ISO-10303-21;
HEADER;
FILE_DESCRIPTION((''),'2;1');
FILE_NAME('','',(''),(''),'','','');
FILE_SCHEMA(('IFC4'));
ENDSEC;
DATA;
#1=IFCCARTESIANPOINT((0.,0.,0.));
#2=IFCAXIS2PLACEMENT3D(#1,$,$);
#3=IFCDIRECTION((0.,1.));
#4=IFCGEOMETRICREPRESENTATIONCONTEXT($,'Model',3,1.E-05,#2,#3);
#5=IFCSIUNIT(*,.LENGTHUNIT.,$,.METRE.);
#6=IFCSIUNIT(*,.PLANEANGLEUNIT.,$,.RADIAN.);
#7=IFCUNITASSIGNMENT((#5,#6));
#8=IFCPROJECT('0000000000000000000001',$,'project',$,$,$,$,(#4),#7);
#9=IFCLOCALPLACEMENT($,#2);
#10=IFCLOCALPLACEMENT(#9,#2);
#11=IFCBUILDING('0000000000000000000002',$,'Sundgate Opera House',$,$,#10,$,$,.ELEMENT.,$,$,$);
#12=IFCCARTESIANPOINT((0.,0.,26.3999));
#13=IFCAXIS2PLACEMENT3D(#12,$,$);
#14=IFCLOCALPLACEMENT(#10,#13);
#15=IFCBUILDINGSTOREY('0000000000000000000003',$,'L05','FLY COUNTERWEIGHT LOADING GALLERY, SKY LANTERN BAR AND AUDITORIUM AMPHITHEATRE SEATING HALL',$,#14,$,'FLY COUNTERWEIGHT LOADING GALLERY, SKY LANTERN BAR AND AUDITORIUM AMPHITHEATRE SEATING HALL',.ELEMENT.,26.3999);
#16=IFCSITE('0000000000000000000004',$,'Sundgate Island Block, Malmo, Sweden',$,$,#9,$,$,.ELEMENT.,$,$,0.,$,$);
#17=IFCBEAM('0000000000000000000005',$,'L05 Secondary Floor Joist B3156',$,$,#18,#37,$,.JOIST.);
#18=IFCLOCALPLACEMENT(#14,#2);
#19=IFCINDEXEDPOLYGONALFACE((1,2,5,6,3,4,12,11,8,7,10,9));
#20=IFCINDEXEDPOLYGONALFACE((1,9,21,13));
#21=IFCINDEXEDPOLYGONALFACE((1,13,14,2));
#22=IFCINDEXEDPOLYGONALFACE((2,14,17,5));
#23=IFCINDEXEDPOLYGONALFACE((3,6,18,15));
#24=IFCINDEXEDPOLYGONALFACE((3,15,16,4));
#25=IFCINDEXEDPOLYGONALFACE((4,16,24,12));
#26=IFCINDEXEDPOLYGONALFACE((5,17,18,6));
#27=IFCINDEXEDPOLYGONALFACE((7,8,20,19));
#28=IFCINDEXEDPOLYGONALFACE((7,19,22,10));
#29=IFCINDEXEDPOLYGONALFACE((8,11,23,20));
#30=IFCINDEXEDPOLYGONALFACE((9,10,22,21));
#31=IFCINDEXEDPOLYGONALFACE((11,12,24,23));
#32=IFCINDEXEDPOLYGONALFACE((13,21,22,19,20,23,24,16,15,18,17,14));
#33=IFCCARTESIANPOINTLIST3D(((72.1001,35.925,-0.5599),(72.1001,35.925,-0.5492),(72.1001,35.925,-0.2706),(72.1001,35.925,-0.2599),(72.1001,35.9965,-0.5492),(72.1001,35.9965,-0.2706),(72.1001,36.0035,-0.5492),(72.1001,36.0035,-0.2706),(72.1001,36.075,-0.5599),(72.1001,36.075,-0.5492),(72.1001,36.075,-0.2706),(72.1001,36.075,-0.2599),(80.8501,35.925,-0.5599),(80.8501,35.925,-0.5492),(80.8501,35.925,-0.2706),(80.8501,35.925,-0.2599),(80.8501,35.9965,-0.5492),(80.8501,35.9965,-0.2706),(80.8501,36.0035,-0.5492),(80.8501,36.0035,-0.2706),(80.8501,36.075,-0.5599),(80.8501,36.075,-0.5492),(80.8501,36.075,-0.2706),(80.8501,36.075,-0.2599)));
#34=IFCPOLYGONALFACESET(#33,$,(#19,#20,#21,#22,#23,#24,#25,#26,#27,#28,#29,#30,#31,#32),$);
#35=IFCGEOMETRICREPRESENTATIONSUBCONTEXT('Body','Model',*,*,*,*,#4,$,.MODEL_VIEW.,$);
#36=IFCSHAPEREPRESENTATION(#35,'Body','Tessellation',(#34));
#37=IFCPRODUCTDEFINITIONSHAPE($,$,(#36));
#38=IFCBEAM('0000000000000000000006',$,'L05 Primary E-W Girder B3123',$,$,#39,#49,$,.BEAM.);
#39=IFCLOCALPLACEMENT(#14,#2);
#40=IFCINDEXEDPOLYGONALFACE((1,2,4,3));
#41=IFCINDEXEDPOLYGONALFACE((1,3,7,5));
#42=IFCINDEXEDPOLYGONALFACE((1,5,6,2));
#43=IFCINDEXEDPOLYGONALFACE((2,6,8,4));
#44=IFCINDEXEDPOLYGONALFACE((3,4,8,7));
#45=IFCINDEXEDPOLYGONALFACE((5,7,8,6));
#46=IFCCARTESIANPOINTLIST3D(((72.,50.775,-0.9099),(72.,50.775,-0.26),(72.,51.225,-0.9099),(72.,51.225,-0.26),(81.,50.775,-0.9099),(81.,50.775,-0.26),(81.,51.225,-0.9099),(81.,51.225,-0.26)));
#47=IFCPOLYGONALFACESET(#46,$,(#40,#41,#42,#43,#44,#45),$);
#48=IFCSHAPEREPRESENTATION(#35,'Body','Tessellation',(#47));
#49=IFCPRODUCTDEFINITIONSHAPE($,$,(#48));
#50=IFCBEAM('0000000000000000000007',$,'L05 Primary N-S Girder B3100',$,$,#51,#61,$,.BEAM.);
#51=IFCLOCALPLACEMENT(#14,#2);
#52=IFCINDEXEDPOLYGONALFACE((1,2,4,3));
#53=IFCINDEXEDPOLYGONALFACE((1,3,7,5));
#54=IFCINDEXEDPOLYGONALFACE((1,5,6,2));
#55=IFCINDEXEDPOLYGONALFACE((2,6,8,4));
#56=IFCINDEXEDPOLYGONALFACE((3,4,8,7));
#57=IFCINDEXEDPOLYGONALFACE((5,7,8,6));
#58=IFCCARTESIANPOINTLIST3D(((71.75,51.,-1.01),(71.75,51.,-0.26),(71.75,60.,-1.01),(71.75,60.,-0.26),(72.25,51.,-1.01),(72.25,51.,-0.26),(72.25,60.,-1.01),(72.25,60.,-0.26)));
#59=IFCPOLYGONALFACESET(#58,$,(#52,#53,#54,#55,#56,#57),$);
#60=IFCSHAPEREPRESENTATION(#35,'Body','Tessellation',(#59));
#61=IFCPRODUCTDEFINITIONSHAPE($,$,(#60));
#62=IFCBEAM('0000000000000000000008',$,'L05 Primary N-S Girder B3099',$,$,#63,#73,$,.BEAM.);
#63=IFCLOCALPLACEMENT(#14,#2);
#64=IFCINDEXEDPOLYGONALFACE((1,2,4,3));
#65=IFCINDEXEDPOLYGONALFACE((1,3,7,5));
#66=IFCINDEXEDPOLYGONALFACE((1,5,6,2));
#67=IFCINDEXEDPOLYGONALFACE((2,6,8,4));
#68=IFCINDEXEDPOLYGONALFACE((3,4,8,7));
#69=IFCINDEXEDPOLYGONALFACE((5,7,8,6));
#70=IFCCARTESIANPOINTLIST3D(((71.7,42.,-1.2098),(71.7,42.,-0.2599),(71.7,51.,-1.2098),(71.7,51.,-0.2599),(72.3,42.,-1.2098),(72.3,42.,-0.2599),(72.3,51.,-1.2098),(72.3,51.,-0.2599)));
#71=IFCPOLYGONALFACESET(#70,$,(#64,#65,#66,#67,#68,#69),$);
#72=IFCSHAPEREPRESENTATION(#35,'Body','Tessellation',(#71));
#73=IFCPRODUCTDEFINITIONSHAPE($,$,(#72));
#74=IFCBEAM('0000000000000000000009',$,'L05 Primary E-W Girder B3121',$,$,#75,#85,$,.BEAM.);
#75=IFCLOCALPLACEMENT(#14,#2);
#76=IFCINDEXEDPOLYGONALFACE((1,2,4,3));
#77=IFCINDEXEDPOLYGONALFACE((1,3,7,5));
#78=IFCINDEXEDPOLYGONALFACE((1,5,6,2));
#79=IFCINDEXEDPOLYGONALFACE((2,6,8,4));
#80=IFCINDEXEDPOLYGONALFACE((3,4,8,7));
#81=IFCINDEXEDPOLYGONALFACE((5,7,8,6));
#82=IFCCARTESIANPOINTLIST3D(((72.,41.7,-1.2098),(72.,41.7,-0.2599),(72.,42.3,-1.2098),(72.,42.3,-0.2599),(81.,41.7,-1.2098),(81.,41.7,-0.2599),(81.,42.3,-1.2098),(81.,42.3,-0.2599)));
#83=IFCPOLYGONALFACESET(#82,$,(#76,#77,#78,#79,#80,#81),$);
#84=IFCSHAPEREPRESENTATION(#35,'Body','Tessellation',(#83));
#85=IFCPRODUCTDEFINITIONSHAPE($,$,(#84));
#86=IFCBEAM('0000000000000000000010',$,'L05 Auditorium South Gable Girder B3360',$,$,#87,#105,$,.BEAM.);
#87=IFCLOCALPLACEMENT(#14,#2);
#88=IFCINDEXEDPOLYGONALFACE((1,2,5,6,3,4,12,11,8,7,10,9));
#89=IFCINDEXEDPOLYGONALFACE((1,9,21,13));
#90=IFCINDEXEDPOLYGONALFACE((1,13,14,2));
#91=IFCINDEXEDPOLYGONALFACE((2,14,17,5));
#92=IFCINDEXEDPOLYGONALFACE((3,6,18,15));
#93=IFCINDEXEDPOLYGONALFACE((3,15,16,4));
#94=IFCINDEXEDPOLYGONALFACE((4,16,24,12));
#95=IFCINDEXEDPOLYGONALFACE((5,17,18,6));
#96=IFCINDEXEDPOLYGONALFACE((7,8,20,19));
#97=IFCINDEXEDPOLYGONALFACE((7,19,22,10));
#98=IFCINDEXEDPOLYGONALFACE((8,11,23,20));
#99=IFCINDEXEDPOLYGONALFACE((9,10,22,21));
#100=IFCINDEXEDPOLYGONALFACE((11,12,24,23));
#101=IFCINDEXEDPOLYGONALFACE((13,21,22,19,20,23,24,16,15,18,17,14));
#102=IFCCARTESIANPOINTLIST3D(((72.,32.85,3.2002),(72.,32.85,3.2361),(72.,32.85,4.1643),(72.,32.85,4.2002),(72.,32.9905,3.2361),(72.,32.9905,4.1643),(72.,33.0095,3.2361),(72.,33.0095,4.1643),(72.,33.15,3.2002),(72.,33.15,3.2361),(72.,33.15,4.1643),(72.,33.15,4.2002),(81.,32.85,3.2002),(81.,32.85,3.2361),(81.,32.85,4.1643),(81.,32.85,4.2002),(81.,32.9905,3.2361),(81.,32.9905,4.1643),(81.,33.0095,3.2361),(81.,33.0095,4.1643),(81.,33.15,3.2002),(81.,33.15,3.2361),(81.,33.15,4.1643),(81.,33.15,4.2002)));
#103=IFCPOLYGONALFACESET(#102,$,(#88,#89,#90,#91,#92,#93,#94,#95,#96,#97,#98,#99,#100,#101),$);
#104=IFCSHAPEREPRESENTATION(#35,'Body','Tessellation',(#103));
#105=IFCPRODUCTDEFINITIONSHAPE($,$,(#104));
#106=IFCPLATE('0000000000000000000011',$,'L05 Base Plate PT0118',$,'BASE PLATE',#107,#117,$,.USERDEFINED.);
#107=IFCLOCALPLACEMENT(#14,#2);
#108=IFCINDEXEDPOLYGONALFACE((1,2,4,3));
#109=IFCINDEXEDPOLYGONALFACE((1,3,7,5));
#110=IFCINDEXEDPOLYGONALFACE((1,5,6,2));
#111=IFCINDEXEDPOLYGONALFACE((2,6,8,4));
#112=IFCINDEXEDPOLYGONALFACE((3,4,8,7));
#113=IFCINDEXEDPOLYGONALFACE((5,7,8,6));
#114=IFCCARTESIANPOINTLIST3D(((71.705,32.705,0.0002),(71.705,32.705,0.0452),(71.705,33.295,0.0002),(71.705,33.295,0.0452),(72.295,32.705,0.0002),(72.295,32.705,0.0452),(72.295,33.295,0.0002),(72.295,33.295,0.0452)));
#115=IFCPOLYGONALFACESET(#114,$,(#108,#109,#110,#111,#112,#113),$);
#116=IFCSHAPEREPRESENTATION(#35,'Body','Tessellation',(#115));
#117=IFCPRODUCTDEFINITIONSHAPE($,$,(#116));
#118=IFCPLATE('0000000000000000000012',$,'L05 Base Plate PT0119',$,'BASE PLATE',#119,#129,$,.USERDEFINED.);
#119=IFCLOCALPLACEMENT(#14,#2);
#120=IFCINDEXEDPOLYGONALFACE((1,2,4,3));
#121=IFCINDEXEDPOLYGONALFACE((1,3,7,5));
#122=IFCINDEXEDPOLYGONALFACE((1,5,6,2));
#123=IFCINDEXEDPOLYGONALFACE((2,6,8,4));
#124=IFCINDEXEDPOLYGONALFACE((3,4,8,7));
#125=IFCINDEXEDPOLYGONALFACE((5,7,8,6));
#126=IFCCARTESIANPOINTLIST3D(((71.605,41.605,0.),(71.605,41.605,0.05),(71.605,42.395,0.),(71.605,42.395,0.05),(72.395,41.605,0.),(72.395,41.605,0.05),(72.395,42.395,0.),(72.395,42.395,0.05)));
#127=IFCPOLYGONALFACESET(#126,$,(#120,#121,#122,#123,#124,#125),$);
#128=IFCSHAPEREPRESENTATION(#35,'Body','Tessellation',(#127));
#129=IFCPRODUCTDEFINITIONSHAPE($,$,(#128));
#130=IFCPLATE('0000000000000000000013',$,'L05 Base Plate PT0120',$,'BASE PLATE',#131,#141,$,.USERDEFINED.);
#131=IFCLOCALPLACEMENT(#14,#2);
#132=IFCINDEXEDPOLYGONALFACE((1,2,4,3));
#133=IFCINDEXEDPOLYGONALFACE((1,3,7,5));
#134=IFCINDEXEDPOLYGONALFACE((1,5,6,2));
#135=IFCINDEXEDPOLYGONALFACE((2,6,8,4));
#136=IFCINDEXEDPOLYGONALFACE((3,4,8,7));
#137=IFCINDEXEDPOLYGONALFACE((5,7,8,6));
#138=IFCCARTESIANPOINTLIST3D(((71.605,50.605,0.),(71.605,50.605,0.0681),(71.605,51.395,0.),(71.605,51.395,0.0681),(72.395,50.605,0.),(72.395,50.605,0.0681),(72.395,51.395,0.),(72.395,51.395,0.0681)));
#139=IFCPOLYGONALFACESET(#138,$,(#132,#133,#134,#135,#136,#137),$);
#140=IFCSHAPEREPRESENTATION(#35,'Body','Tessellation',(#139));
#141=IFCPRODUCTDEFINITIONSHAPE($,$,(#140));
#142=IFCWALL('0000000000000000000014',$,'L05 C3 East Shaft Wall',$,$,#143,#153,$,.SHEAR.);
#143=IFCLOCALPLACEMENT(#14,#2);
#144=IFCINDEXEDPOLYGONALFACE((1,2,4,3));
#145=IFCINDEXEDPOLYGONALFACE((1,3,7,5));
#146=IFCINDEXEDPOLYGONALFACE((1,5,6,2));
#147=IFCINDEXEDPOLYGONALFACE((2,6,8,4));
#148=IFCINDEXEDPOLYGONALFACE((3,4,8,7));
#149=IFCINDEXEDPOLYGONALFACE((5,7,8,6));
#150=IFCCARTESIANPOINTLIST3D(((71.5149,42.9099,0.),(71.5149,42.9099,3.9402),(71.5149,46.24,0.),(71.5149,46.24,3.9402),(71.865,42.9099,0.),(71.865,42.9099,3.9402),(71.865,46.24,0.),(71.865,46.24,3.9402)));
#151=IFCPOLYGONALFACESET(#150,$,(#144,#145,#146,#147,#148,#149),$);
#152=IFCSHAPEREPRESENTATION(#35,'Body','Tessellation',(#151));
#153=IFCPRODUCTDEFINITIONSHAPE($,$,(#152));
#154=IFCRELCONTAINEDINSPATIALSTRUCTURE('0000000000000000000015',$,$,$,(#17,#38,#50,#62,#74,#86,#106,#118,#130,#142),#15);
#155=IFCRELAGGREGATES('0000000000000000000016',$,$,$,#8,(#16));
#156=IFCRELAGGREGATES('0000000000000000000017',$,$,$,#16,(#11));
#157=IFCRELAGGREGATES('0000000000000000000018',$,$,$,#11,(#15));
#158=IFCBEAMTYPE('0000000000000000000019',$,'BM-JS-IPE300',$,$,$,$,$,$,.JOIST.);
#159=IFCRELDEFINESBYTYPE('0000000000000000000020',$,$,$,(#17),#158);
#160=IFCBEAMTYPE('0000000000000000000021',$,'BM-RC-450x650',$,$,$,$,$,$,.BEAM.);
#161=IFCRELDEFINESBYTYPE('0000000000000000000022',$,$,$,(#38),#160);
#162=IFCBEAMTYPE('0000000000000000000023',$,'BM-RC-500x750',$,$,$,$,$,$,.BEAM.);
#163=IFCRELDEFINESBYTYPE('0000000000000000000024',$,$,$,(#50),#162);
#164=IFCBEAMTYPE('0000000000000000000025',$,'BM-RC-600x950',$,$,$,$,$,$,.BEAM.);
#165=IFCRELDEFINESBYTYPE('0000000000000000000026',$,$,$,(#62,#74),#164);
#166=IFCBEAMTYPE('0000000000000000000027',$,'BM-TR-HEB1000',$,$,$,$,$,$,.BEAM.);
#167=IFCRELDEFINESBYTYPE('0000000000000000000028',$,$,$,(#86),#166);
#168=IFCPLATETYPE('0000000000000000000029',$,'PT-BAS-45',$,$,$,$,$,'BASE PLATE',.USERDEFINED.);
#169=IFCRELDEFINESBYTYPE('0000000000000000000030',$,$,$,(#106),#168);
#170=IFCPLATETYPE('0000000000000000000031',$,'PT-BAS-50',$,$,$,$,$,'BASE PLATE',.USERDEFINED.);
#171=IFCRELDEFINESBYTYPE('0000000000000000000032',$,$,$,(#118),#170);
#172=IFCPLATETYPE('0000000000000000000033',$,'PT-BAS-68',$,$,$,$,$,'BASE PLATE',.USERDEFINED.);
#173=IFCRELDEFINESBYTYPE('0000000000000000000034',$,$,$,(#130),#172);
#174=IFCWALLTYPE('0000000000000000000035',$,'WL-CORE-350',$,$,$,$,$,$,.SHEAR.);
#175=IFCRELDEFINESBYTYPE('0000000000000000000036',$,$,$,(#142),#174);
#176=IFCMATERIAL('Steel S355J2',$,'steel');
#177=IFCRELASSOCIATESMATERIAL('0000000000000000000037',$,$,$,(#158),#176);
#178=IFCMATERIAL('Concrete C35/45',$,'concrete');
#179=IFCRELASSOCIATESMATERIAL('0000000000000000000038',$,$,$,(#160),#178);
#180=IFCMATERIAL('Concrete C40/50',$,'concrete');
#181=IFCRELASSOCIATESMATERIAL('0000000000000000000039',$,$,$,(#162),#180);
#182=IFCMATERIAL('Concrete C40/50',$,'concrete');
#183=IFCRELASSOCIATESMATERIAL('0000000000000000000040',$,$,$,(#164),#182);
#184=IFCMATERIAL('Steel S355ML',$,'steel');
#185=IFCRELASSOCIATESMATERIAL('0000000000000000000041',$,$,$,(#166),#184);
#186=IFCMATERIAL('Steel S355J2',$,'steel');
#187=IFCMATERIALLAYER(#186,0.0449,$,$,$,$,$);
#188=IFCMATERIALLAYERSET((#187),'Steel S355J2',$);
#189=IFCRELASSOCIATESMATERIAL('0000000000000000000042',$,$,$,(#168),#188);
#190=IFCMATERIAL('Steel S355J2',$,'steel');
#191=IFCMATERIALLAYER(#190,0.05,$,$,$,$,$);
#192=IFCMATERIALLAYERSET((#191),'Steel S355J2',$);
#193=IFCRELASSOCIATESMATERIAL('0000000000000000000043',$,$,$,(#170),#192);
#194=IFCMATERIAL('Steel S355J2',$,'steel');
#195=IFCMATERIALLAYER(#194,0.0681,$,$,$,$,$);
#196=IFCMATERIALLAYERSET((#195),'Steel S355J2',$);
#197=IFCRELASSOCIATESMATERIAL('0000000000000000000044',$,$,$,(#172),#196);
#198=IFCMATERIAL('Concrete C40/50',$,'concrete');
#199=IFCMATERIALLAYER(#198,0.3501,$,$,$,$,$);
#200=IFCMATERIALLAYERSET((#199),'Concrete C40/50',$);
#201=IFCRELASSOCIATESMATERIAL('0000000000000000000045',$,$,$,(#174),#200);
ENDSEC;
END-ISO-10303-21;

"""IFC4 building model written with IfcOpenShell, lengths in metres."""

from ifc_helpers import new_model, si_unit, direction, frame, frame_2d, origin, origin_2d, place, context, subcontext, project, spatial, rectangle, i_section, extrude, material, layer, layer_set, material_profile, profile_set, type_object, element, save


model = new_model("IFC4")

# Units and contexts
model_context = context("Model", 3, precision=1e-05, world=origin(), true_north=direction((0.0, 1.0)))
body_context = subcontext(model_context, "Body", "Model", "MODEL_VIEW")
ifc_project = project(units=[si_unit("LENGTHUNIT", "METRE"), si_unit("PLANEANGLEUNIT", "RADIAN")], contexts=[model_context])

# Site, building, storey
site_placement = place(None, origin())
site = spatial("IfcSite", under=ifc_project, at=site_placement, Name="Sundgate Island Block, Malmo, Sweden", CompositionType="ELEMENT", RefElevation=0.0)
building_placement = place(site_placement, origin())
building = spatial("IfcBuilding", under=site, at=building_placement, Name="Sundgate Opera House", CompositionType="ELEMENT")
storey_placement = place(building_placement, frame((0.0, 0.0, 26.3999)))
storey = spatial("IfcBuildingStorey", under=building, at=storey_placement, Name="L05", Description="FLY COUNTERWEIGHT LOADING GALLERY, SKY LANTERN BAR AND AUDITORIUM AMPHITHEATRE SEATING HALL", LongName="FLY COUNTERWEIGHT LOADING GALLERY, SKY LANTERN BAR AND AUDITORIUM AMPHITHEATRE SEATING HALL", CompositionType="ELEMENT", Elevation=26.3999)

# Beams
ifc_material_1 = material(Name="Steel S355J2", Category="steel")
ifc_material_profile_1 = material_profile(ifc_material_1, i_section(OverallWidth=0.1499, OverallDepth=0.3, WebThickness=0.0071, FlangeThickness=0.0107, at=origin_2d()), Name="IPE 300")
ifc_profile_set_1 = profile_set([ifc_material_profile_1], Name="Steel S355J2")
beam_type_1 = type_object("IfcBeamType", Name="BM-JS-IPE300", PredefinedType="JOIST", material=ifc_profile_set_1)
beam_1_placement = place(storey_placement, frame((72.1001, 36.0, -0.4099), z_axis=(1.0, 0.0, 0.0), x_axis=(0.0, 1.0, 0.0)))
element("IfcBeam", 1, at=beam_1_placement, inside=storey, type_object=beam_type_1, Name="L05 Secondary Floor Joist B3156", PredefinedType="JOIST", context=body_context, shape_type="SweptSolid", body=[
    extrude(i_section(OverallWidth=0.1499, OverallDepth=0.3, WebThickness=0.0071, FlangeThickness=0.0107, at=origin_2d()), origin(), (0.0, 0.0, 1.0), 8.75),
])
ifc_material_2 = material(Name="Concrete C35/45", Category="concrete")
ifc_material_profile_2 = material_profile(ifc_material_2, rectangle(XDim=0.45, YDim=0.6499, at=origin_2d()), Name="RC 450x650")
ifc_profile_set_2 = profile_set([ifc_material_profile_2], Name="Concrete C35/45")
beam_type_2 = type_object("IfcBeamType", Name="BM-RC-450x650", PredefinedType="BEAM", material=ifc_profile_set_2)
beam_2_placement = place(storey_placement, frame((72.0, 51.0, -0.585), z_axis=(1.0, 0.0, 0.0), x_axis=(0.0, 1.0, 0.0)))
element("IfcBeam", 2, at=beam_2_placement, inside=storey, type_object=beam_type_2, Name="L05 Primary E-W Girder B3123", PredefinedType="BEAM", context=body_context, shape_type="SweptSolid", body=[
    extrude(rectangle(XDim=0.45, YDim=0.6499, at=origin_2d()), origin(), (0.0, 0.0, 1.0), 9.0),
])
ifc_material_3 = material(Name="Concrete C40/50", Category="concrete")
ifc_material_profile_3 = material_profile(ifc_material_3, rectangle(XDim=0.5, YDim=0.75, at=origin_2d()), Name="RC 500x750")
ifc_profile_set_3 = profile_set([ifc_material_profile_3], Name="Concrete C40/50")
beam_type_3 = type_object("IfcBeamType", Name="BM-RC-500x750", PredefinedType="BEAM", material=ifc_profile_set_3)
beam_3_placement = place(storey_placement, frame((72.0, 51.0, -0.635), z_axis=(0.0, 1.0, 0.0), x_axis=(-1.0, 0.0, 0.0)))
element("IfcBeam", 3, at=beam_3_placement, inside=storey, type_object=beam_type_3, Name="L05 Primary N-S Girder B3100", PredefinedType="BEAM", context=body_context, shape_type="SweptSolid", body=[
    extrude(rectangle(XDim=0.5, YDim=0.75, at=origin_2d()), origin(), (0.0, 0.0, 1.0), 9.0),
])
ifc_material_4 = material(Name="Concrete C40/50", Category="concrete")
ifc_material_profile_4 = material_profile(ifc_material_4, rectangle(XDim=0.6001, YDim=0.95, at=origin_2d()), Name="RC 600x950")
ifc_profile_set_4 = profile_set([ifc_material_profile_4], Name="Concrete C40/50")
beam_type_4 = type_object("IfcBeamType", Name="BM-RC-600x950", PredefinedType="BEAM", material=ifc_profile_set_4)
for number, where, z_axis, x_axis, name in (
    (4, (72.0, 42.0, -0.7349), (0.0, 1.0, 0.0), (-1.0, 0.0, 0.0), "L05 Primary N-S Girder B3099"),
    (5, (72.0, 42.0, -0.7349), (1.0, 0.0, 0.0), (0.0, 1.0, 0.0), "L05 Primary E-W Girder B3121"),
):
    element("IfcBeam", number, at=place(storey_placement, frame(where, z_axis=z_axis, x_axis=x_axis)), inside=storey, type_object=beam_type_4, Name=name, PredefinedType="BEAM", context=body_context, shape_type="SweptSolid", body=[
        extrude(rectangle(XDim=0.6001, YDim=0.95, at=origin_2d()), origin(), (0.0, 0.0, 1.0), 9.0),
    ])
ifc_material_5 = material(Name="Steel S355ML", Category="steel")
ifc_material_profile_5 = material_profile(ifc_material_5, i_section(OverallWidth=0.3, OverallDepth=1.0, WebThickness=0.019, FlangeThickness=0.0359, at=origin_2d()), Name="HEB 1000")
ifc_profile_set_5 = profile_set([ifc_material_profile_5], Name="Steel S355ML")
beam_type_5 = type_object("IfcBeamType", Name="BM-TR-HEB1000", PredefinedType="BEAM", material=ifc_profile_set_5)
beam_4_placement = place(storey_placement, frame((72.0, 33.0, 3.7002), z_axis=(1.0, 0.0, 0.0), x_axis=(0.0, 1.0, 0.0)))
element("IfcBeam", 6, at=beam_4_placement, inside=storey, type_object=beam_type_5, Name="L05 Auditorium South Gable Girder B3360", PredefinedType="BEAM", context=body_context, shape_type="SweptSolid", body=[
    extrude(i_section(OverallWidth=0.3, OverallDepth=1.0, WebThickness=0.019, FlangeThickness=0.0359, at=origin_2d()), origin(), (0.0, 0.0, 1.0), 9.0),
])

# Plates
ifc_material_6 = material(Name="Steel S355J2", Category="steel")
ifc_layer_1 = layer(ifc_material_6, 0.0449)
ifc_layer_set_1 = layer_set([ifc_layer_1], Name="Steel S355J2")
plate_type_1 = type_object("IfcPlateType", Name="PT-BAS-45", ElementType="BASE PLATE", PredefinedType="USERDEFINED", material=ifc_layer_set_1)
plate_1_placement = place(storey_placement, frame((72.0, 33.0, 0.0002), z_axis=(0.0, 0.0, 1.0), x_axis=(1.0, 0.0, 0.0)))
element("IfcPlate", 7, at=plate_1_placement, inside=storey, type_object=plate_type_1, Name="L05 Base Plate PT0118", ObjectType="BASE PLATE", PredefinedType="USERDEFINED", context=body_context, shape_type="SweptSolid", body=[
    extrude(rectangle(XDim=0.5901, YDim=0.5901, at=origin_2d()), origin(), (0.0, 0.0, 1.0), 0.0449),
])
ifc_material_7 = material(Name="Steel S355J2", Category="steel")
ifc_layer_2 = layer(ifc_material_7, 0.05)
ifc_layer_set_2 = layer_set([ifc_layer_2], Name="Steel S355J2")
plate_type_2 = type_object("IfcPlateType", Name="PT-BAS-50", ElementType="BASE PLATE", PredefinedType="USERDEFINED", material=ifc_layer_set_2)
plate_2_placement = place(storey_placement, frame((72.0, 42.0, 0.0), z_axis=(0.0, 0.0, 1.0), x_axis=(1.0, 0.0, 0.0)))
element("IfcPlate", 8, at=plate_2_placement, inside=storey, type_object=plate_type_2, Name="L05 Base Plate PT0119", ObjectType="BASE PLATE", PredefinedType="USERDEFINED", context=body_context, shape_type="SweptSolid", body=[
    extrude(rectangle(XDim=0.79, YDim=0.79, at=origin_2d()), origin(), (0.0, 0.0, 1.0), 0.05),
])
ifc_material_8 = material(Name="Steel S355J2", Category="steel")
ifc_layer_3 = layer(ifc_material_8, 0.0681)
ifc_layer_set_3 = layer_set([ifc_layer_3], Name="Steel S355J2")
plate_type_3 = type_object("IfcPlateType", Name="PT-BAS-68", ElementType="BASE PLATE", PredefinedType="USERDEFINED", material=ifc_layer_set_3)
plate_3_placement = place(storey_placement, frame((72.0, 51.0, 0.0), z_axis=(0.0, 0.0, 1.0), x_axis=(1.0, 0.0, 0.0)))
element("IfcPlate", 9, at=plate_3_placement, inside=storey, type_object=plate_type_3, Name="L05 Base Plate PT0120", ObjectType="BASE PLATE", PredefinedType="USERDEFINED", context=body_context, shape_type="SweptSolid", body=[
    extrude(rectangle(XDim=0.79, YDim=0.79, at=origin_2d()), origin(), (0.0, 0.0, 1.0), 0.0681),
])

# Wall
ifc_material_9 = material(Name="Concrete C40/50", Category="concrete")
ifc_layer_4 = layer(ifc_material_9, 0.3501)
ifc_layer_set_4 = layer_set([ifc_layer_4], Name="Concrete C40/50")
wall_type_1 = type_object("IfcWallType", Name="WL-CORE-350", PredefinedType="SHEAR", material=ifc_layer_set_4)
wall_1_placement = place(storey_placement, frame((71.6899, 42.9099, 0.0), z_axis=(0.0, 0.0, 1.0), x_axis=(0.0, 1.0, 0.0)))
element("IfcWall", 10, at=wall_1_placement, inside=storey, type_object=wall_type_1, Name="L05 C3 East Shaft Wall", PredefinedType="SHEAR", context=body_context, shape_type="SweptSolid", body=[
    extrude(rectangle(XDim=3.3301, YDim=0.3501, at=frame_2d((1.665, 0.0))), origin(), (0.0, 0.0, 1.0), 3.9402),
])

save(model, "model.ifc")
